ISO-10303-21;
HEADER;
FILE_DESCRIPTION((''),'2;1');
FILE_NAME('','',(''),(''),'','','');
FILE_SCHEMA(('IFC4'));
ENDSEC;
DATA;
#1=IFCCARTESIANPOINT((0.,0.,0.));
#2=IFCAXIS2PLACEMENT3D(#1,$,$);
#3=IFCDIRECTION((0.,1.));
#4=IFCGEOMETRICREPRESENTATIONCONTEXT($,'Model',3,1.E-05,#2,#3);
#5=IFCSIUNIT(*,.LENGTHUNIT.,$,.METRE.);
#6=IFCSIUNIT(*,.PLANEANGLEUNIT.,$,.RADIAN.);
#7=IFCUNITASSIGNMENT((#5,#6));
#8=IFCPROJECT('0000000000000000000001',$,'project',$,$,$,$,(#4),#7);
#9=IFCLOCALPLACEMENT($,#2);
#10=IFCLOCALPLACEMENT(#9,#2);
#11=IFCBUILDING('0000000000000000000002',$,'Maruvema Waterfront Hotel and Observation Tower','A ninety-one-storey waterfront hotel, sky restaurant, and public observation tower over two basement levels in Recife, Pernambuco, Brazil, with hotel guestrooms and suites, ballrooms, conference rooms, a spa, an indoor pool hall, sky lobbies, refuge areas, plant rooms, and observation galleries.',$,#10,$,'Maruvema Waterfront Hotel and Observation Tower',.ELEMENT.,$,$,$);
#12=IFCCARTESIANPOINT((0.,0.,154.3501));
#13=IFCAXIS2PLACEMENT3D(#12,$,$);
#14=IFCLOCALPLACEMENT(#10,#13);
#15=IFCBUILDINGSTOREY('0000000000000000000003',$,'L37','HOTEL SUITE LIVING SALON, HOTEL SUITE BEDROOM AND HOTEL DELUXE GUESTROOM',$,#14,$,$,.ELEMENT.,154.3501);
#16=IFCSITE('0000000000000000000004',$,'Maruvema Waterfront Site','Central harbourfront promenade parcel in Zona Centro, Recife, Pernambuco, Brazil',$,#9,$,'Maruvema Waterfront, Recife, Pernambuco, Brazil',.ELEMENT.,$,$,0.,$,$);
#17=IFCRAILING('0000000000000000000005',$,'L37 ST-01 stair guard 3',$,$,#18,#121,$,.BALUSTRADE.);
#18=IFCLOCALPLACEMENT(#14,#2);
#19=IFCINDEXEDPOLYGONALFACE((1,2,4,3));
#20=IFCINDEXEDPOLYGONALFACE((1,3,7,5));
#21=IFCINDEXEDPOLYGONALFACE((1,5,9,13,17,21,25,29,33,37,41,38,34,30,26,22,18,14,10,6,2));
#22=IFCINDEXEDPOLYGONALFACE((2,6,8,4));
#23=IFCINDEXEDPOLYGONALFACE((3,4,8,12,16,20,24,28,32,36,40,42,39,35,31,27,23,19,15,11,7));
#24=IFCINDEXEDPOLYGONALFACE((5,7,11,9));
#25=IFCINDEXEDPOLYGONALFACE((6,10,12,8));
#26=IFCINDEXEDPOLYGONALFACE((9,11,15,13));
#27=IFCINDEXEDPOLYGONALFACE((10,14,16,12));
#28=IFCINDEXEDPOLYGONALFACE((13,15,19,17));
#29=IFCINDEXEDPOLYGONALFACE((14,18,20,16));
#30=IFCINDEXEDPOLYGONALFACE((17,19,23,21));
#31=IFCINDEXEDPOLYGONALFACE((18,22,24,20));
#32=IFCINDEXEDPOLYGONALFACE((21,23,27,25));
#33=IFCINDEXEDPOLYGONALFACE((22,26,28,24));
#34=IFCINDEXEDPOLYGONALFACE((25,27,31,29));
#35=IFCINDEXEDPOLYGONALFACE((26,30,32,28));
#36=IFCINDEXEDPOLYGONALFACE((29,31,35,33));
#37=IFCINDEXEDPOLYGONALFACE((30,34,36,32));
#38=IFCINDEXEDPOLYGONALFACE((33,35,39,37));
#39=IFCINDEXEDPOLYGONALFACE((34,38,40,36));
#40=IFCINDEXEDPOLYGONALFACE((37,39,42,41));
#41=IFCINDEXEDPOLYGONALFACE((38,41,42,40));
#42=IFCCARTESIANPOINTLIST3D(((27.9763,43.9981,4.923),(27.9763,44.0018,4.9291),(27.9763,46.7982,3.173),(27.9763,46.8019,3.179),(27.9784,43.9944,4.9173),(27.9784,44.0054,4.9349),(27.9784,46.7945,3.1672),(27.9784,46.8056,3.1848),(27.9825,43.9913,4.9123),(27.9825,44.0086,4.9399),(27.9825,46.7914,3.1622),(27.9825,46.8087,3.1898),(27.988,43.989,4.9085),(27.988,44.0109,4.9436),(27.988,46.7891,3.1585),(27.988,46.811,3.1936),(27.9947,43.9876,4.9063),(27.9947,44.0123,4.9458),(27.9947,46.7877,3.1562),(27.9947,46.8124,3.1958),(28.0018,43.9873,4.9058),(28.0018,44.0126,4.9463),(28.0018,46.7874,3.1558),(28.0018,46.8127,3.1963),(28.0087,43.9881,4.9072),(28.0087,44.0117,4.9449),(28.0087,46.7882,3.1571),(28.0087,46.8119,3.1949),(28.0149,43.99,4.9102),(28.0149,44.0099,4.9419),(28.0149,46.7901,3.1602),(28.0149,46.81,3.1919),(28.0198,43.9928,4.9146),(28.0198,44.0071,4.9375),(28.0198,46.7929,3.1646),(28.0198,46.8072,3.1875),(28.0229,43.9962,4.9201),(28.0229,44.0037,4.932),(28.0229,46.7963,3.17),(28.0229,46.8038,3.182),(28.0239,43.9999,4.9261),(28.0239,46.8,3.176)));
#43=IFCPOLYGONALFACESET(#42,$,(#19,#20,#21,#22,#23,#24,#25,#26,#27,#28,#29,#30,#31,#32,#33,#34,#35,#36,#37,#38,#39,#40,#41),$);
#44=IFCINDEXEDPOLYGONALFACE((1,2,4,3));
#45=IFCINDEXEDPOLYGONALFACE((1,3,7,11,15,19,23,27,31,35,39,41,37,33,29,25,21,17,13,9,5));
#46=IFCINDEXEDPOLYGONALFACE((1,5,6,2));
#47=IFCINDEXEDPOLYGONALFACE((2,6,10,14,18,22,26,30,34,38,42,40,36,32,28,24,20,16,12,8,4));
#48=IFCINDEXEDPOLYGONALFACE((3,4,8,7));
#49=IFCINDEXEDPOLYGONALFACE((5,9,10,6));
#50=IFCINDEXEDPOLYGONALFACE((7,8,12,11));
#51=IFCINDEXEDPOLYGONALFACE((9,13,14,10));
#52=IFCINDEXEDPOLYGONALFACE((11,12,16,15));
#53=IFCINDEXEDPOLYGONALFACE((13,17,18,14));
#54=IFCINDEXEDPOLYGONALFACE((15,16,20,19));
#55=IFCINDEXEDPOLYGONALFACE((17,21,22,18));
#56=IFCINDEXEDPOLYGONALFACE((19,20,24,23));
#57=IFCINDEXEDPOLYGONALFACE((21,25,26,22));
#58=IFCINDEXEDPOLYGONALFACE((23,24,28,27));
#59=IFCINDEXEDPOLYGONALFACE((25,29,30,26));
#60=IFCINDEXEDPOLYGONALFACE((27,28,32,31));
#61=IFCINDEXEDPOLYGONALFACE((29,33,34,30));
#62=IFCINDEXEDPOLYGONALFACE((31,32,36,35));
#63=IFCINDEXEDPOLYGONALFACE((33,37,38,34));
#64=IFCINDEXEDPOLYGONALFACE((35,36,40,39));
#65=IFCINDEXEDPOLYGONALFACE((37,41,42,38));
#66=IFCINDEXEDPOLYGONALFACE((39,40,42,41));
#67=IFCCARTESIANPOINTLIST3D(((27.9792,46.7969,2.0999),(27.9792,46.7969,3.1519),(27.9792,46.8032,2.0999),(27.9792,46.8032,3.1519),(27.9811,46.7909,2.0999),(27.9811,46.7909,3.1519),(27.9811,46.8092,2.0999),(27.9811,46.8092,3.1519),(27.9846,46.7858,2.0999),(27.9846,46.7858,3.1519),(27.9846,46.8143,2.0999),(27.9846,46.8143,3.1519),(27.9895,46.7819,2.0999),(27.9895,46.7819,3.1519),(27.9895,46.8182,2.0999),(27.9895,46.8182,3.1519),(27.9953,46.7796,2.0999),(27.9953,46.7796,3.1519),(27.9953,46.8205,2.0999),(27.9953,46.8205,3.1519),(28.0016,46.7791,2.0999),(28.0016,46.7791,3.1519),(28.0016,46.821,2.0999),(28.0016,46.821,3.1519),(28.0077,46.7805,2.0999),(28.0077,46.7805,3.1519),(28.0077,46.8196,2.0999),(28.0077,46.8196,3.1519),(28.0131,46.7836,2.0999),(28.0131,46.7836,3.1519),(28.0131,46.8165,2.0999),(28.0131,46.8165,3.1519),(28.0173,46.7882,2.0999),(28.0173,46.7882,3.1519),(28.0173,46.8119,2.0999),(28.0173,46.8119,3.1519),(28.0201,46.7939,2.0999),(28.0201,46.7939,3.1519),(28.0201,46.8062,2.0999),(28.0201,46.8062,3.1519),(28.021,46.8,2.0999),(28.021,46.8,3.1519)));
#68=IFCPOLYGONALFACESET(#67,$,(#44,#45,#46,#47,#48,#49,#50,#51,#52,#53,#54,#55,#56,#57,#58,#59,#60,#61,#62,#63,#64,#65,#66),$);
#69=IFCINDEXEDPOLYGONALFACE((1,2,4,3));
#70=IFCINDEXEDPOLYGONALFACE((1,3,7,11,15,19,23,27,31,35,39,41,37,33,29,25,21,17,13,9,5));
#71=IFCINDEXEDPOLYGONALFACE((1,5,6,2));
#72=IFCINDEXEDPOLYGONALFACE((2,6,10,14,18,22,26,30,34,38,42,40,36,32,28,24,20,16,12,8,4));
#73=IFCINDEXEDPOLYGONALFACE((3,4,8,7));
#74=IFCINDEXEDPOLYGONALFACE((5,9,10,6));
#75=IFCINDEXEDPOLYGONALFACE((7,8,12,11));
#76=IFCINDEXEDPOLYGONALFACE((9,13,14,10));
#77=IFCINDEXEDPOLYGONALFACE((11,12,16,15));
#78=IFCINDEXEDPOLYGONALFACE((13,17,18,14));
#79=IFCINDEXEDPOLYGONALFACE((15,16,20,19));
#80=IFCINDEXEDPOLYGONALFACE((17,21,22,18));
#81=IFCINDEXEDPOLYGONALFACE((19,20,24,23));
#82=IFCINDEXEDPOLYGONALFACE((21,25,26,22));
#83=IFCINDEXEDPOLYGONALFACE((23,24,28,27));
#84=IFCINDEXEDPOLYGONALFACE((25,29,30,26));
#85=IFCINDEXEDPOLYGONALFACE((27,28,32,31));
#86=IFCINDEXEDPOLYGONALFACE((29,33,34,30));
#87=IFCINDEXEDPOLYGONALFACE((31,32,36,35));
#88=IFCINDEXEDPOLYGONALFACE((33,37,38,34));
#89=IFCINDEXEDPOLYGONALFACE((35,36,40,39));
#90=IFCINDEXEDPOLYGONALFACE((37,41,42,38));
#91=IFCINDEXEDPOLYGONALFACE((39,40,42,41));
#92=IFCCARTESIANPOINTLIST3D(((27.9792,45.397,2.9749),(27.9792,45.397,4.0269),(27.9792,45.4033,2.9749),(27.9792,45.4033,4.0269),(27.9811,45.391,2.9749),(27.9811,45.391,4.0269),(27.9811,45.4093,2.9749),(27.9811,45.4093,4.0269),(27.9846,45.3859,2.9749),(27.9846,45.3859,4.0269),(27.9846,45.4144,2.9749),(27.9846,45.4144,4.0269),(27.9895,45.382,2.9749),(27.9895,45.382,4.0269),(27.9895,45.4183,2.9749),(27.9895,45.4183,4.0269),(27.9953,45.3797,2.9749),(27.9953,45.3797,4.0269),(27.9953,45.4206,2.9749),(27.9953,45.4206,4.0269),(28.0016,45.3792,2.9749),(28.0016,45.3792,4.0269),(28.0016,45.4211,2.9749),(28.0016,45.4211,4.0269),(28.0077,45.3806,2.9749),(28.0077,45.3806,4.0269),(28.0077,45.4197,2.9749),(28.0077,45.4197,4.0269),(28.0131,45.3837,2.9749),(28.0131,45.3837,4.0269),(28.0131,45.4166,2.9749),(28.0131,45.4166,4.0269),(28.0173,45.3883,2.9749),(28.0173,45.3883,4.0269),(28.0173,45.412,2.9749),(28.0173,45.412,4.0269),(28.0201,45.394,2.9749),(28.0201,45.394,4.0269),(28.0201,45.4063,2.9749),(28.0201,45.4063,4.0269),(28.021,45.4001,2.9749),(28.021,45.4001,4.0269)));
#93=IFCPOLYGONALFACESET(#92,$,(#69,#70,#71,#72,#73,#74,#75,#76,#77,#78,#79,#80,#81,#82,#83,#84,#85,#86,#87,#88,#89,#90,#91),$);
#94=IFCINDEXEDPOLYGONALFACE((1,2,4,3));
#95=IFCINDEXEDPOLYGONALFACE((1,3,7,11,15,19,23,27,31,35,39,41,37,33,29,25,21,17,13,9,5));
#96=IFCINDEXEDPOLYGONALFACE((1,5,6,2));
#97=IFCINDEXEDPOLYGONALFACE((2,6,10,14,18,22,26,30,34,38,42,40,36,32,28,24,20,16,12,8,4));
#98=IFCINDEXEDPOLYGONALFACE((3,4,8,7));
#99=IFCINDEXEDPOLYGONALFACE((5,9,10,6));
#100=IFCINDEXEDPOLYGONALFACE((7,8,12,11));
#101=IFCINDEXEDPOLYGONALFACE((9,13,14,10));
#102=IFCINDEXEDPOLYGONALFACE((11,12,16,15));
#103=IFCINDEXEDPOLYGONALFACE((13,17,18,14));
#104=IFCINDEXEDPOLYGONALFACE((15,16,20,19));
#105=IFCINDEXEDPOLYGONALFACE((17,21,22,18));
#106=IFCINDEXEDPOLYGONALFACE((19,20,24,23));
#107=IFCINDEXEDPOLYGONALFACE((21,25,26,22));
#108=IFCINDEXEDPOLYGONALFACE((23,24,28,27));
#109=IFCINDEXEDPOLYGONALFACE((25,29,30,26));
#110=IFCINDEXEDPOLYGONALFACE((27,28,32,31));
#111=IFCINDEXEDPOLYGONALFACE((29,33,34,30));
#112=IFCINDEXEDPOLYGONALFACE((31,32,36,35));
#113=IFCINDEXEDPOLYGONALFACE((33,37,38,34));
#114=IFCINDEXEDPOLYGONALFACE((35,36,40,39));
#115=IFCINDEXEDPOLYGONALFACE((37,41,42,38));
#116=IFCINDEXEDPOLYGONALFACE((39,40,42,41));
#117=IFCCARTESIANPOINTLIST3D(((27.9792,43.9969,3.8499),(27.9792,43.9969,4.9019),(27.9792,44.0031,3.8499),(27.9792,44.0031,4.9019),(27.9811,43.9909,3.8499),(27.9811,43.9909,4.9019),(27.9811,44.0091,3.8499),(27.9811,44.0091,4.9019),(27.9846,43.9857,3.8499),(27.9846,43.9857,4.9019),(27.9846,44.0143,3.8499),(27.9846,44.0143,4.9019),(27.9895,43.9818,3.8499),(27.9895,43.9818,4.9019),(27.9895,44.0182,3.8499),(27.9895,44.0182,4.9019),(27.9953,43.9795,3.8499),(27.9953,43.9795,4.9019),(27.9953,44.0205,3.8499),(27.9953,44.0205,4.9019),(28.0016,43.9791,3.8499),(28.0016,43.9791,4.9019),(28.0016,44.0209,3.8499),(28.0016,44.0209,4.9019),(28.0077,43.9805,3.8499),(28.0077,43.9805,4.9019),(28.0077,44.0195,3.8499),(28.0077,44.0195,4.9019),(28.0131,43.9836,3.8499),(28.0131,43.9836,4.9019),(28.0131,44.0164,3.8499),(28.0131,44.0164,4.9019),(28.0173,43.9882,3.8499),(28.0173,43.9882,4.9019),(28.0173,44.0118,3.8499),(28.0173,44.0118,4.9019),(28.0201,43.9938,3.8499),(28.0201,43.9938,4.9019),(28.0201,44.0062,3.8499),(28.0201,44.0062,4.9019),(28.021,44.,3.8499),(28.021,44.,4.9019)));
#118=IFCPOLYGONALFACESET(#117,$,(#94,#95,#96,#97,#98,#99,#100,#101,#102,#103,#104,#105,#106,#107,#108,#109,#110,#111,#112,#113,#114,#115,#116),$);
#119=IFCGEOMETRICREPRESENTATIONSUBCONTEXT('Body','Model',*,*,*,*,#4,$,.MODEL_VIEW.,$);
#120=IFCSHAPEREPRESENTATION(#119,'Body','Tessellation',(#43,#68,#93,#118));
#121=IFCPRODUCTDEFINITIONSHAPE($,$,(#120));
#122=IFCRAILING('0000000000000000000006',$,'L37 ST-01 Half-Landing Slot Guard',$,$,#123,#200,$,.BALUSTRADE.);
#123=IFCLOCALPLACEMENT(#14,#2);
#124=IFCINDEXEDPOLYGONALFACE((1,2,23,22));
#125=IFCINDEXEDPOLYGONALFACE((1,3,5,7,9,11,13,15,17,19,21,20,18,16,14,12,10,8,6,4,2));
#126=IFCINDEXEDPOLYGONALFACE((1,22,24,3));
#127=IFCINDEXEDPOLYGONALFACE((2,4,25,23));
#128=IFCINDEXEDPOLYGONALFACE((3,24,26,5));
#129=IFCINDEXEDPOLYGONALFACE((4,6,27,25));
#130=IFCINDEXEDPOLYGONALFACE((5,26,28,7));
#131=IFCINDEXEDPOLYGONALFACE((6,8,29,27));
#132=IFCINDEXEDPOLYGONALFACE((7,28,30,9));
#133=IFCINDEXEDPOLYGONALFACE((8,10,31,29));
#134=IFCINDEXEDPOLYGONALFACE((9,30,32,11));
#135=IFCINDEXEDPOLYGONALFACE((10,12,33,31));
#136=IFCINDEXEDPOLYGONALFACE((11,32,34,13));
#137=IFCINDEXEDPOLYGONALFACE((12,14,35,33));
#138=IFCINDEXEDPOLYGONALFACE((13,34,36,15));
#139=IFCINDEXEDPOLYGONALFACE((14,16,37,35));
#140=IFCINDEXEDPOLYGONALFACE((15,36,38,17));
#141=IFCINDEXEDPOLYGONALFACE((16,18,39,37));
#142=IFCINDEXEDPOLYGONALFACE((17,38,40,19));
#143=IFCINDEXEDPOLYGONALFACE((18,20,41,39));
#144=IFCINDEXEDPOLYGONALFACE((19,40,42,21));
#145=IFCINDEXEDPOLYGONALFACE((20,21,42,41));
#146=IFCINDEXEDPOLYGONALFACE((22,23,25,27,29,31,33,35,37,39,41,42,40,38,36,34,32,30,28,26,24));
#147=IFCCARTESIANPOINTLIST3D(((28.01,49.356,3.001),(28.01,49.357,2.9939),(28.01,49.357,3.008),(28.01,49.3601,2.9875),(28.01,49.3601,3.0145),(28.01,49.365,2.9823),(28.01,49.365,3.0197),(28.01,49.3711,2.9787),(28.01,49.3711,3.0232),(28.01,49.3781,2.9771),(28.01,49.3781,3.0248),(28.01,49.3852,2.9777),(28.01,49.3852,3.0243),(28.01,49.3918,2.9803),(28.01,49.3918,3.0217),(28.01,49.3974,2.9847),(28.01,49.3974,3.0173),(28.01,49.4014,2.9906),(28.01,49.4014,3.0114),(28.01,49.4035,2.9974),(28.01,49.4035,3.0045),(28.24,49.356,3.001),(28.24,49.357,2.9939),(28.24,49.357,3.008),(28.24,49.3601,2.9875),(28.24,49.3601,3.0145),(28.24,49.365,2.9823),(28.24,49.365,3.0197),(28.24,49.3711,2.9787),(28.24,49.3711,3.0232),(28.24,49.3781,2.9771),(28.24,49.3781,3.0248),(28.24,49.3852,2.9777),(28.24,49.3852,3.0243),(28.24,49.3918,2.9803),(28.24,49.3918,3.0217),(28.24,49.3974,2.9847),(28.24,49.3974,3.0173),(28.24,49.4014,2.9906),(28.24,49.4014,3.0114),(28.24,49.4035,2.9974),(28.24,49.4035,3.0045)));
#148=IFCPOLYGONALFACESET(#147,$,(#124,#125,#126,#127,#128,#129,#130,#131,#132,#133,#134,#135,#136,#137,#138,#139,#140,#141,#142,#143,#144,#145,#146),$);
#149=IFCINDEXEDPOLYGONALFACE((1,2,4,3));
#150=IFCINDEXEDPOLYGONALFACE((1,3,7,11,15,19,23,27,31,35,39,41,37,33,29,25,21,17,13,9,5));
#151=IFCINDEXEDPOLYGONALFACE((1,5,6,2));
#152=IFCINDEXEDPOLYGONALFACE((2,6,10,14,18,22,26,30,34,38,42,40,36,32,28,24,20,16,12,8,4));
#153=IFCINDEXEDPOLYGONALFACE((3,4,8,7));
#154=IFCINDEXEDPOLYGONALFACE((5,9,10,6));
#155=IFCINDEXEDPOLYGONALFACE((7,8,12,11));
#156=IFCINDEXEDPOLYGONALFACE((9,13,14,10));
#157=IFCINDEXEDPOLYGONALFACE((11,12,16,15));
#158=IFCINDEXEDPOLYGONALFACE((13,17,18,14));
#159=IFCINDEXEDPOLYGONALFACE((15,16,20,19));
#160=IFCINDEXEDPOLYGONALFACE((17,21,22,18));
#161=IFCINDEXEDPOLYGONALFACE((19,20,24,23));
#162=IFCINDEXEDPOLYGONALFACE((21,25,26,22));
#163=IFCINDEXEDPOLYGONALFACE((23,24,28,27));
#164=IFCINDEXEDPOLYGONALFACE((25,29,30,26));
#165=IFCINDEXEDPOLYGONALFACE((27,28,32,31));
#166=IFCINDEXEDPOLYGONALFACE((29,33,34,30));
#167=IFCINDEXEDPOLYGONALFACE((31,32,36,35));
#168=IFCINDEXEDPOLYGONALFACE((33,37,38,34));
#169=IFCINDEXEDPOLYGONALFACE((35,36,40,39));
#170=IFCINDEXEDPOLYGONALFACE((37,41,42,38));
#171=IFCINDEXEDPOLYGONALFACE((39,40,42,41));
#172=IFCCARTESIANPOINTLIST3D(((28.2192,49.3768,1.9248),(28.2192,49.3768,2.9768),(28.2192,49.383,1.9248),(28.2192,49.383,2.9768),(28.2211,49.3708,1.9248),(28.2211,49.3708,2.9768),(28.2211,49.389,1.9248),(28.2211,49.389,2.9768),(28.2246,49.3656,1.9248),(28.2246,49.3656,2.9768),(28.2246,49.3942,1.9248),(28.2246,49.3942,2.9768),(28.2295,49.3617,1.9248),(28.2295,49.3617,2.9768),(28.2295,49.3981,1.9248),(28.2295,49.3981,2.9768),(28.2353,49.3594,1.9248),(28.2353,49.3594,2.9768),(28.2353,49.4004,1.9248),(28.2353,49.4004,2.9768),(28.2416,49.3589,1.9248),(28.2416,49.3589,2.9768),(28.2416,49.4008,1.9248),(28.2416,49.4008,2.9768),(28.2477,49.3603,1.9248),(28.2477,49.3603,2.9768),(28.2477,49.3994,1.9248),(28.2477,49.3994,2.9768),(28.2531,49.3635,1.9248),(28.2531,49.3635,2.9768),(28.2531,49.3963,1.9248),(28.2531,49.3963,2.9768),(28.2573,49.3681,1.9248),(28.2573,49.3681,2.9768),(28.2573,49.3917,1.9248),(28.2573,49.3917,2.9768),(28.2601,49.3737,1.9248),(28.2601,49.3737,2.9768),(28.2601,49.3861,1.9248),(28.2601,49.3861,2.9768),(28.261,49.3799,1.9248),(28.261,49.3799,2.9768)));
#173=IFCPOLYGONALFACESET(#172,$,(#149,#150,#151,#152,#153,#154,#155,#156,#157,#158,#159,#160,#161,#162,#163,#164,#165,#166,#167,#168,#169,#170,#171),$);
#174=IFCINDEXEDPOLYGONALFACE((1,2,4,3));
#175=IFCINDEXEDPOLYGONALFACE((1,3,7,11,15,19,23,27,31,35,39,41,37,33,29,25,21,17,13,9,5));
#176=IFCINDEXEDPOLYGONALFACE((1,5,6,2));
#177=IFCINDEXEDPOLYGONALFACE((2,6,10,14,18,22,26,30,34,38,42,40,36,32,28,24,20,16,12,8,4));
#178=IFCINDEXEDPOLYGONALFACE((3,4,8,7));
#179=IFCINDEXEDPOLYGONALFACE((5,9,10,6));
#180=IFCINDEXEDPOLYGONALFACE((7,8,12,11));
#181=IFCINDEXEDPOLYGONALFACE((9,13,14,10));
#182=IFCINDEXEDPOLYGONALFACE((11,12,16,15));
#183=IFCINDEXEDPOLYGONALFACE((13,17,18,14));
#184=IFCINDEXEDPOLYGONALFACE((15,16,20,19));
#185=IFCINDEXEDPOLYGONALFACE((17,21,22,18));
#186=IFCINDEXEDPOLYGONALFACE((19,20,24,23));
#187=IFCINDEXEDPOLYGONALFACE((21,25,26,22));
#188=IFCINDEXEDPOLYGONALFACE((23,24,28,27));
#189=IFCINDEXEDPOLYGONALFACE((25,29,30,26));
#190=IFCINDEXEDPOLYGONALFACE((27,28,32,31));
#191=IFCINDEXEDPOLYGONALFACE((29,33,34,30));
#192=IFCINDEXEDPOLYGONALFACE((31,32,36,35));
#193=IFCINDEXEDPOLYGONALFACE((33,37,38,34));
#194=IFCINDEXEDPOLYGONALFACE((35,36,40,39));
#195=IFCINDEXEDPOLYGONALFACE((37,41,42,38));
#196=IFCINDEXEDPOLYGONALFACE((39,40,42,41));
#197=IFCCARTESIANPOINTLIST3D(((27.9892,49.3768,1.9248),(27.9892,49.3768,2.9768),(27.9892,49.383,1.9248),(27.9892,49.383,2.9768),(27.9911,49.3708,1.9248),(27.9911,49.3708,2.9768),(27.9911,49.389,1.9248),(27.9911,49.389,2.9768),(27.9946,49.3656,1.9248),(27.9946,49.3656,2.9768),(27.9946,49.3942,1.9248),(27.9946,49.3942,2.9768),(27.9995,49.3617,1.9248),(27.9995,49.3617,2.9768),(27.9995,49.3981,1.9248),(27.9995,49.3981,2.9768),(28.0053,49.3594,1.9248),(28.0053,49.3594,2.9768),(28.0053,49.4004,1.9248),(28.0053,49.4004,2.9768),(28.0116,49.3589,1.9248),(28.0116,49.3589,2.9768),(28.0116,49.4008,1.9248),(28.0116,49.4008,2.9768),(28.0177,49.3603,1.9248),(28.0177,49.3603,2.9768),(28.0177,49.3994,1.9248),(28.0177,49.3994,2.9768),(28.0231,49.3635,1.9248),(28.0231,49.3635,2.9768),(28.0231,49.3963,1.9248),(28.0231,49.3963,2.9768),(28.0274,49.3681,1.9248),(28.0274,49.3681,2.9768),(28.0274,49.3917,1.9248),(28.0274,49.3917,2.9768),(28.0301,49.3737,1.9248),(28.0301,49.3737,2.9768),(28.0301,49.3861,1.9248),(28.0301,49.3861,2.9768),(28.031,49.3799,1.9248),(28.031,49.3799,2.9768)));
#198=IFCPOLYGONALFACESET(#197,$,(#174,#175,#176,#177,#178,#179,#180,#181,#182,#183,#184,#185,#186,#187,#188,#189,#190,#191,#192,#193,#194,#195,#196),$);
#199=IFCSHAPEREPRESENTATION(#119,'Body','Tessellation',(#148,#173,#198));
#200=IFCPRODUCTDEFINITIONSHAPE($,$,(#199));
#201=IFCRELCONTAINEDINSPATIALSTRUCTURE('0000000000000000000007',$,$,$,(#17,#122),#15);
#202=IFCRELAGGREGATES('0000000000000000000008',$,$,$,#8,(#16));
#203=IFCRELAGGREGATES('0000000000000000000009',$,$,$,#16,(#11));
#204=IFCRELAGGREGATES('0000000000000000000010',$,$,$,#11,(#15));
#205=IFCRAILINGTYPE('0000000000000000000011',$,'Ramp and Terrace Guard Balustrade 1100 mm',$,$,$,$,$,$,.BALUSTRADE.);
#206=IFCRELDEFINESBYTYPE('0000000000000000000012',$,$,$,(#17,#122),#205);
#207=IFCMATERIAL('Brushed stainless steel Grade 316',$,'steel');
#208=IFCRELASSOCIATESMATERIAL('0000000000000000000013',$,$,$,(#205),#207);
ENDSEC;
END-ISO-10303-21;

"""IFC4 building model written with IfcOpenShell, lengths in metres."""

from ifc_helpers import new_model, si_unit, direction, frame, origin, origin_2d, place, context, subcontext, project, spatial, circle, extrude, material, type_object, element, save


model = new_model("IFC4")

# Units and contexts
model_context = context("Model", 3, precision=1e-05, world=origin(), true_north=direction((0.0, 1.0)))
body_context = subcontext(model_context, "Body", "Model", "MODEL_VIEW")
ifc_project = project(units=[si_unit("LENGTHUNIT", "METRE"), si_unit("PLANEANGLEUNIT", "RADIAN")], contexts=[model_context])

# Site, building, storey
site_placement = place(None, origin())
site = spatial("IfcSite", under=ifc_project, at=site_placement, Name="Maruvema Waterfront Site", Description="Central harbourfront promenade parcel in Zona Centro, Recife, Pernambuco, Brazil", LongName="Maruvema Waterfront, Recife, Pernambuco, Brazil", CompositionType="ELEMENT", RefElevation=0.0)
building_placement = place(site_placement, origin())
building = spatial("IfcBuilding", under=site, at=building_placement, Name="Maruvema Waterfront Hotel and Observation Tower", Description="A ninety-one-storey waterfront hotel, sky restaurant, and public observation tower over two basement levels in Recife, Pernambuco, Brazil, with hotel guestrooms and suites, ballrooms, conference rooms, a spa, an indoor pool hall, sky lobbies, refuge areas, plant rooms, and observation galleries.", LongName="Maruvema Waterfront Hotel and Observation Tower", CompositionType="ELEMENT")
storey_placement = place(building_placement, frame((0.0, 0.0, 154.3501)))
storey = spatial("IfcBuildingStorey", under=building, at=storey_placement, Name="L37", Description="HOTEL SUITE LIVING SALON, HOTEL SUITE BEDROOM AND HOTEL DELUXE GUESTROOM", CompositionType="ELEMENT", Elevation=154.3501)

# Railings
ifc_material_1 = material(Name="Brushed stainless steel Grade 316", Category="steel")
railing_type_1 = type_object("IfcRailingType", Name="Ramp and Terrace Guard Balustrade 1100 mm", PredefinedType="BALUSTRADE", material=ifc_material_1)
railing_1_placement = place(storey_placement, frame((28.0, 46.8, 2.0999)))
element("IfcRailing", 1, at=railing_1_placement, inside=storey, type_object=railing_type_1, Name="L37 ST-01 stair guard 3", PredefinedType="BALUSTRADE", context=body_context, shape_type="SweptSolid", body=[
    extrude(circle(Radius=0.0239, at=origin_2d()), frame((0.0, 0.0, 1.0762), z_axis=(0.0, -0.848002, 0.529992), x_axis=(1.0, 0.0, 0.0)), (0.0, 0.0, 1.0), 3.302),
    extrude(circle(Radius=0.021, at=origin_2d()), origin(), (0.0, 0.0, 1.0), 1.052),
    extrude(circle(Radius=0.021, at=origin_2d()), frame((0.0, -1.3999, 0.875)), (0.0, 0.0, 1.0), 1.052),
    extrude(circle(Radius=0.021, at=origin_2d()), frame((0.0, -2.8, 1.75)), (0.0, 0.0, 1.0), 1.052),
])
railing_2_placement = place(storey_placement, frame((28.24, 49.3799, 1.9248)))
element("IfcRailing", 2, at=railing_2_placement, inside=storey, type_object=railing_type_1, Name="L37 ST-01 Half-Landing Slot Guard", PredefinedType="BALUSTRADE", context=body_context, shape_type="SweptSolid", body=[
    extrude(circle(Radius=0.0239, at=origin_2d()), frame((0.0, 0.0, 1.0762), z_axis=(-1.0, 0.0, 0.0), x_axis=(0.0, -1.0, 0.0)), (0.0, 0.0, 1.0), 0.23),
    extrude(circle(Radius=0.021, at=origin_2d()), origin(), (0.0, 0.0, 1.0), 1.052),
    extrude(circle(Radius=0.021, at=origin_2d()), frame((-0.23, 0.0, 0.0)), (0.0, 0.0, 1.0), 1.052),
])

save(model, "model.ifc")
